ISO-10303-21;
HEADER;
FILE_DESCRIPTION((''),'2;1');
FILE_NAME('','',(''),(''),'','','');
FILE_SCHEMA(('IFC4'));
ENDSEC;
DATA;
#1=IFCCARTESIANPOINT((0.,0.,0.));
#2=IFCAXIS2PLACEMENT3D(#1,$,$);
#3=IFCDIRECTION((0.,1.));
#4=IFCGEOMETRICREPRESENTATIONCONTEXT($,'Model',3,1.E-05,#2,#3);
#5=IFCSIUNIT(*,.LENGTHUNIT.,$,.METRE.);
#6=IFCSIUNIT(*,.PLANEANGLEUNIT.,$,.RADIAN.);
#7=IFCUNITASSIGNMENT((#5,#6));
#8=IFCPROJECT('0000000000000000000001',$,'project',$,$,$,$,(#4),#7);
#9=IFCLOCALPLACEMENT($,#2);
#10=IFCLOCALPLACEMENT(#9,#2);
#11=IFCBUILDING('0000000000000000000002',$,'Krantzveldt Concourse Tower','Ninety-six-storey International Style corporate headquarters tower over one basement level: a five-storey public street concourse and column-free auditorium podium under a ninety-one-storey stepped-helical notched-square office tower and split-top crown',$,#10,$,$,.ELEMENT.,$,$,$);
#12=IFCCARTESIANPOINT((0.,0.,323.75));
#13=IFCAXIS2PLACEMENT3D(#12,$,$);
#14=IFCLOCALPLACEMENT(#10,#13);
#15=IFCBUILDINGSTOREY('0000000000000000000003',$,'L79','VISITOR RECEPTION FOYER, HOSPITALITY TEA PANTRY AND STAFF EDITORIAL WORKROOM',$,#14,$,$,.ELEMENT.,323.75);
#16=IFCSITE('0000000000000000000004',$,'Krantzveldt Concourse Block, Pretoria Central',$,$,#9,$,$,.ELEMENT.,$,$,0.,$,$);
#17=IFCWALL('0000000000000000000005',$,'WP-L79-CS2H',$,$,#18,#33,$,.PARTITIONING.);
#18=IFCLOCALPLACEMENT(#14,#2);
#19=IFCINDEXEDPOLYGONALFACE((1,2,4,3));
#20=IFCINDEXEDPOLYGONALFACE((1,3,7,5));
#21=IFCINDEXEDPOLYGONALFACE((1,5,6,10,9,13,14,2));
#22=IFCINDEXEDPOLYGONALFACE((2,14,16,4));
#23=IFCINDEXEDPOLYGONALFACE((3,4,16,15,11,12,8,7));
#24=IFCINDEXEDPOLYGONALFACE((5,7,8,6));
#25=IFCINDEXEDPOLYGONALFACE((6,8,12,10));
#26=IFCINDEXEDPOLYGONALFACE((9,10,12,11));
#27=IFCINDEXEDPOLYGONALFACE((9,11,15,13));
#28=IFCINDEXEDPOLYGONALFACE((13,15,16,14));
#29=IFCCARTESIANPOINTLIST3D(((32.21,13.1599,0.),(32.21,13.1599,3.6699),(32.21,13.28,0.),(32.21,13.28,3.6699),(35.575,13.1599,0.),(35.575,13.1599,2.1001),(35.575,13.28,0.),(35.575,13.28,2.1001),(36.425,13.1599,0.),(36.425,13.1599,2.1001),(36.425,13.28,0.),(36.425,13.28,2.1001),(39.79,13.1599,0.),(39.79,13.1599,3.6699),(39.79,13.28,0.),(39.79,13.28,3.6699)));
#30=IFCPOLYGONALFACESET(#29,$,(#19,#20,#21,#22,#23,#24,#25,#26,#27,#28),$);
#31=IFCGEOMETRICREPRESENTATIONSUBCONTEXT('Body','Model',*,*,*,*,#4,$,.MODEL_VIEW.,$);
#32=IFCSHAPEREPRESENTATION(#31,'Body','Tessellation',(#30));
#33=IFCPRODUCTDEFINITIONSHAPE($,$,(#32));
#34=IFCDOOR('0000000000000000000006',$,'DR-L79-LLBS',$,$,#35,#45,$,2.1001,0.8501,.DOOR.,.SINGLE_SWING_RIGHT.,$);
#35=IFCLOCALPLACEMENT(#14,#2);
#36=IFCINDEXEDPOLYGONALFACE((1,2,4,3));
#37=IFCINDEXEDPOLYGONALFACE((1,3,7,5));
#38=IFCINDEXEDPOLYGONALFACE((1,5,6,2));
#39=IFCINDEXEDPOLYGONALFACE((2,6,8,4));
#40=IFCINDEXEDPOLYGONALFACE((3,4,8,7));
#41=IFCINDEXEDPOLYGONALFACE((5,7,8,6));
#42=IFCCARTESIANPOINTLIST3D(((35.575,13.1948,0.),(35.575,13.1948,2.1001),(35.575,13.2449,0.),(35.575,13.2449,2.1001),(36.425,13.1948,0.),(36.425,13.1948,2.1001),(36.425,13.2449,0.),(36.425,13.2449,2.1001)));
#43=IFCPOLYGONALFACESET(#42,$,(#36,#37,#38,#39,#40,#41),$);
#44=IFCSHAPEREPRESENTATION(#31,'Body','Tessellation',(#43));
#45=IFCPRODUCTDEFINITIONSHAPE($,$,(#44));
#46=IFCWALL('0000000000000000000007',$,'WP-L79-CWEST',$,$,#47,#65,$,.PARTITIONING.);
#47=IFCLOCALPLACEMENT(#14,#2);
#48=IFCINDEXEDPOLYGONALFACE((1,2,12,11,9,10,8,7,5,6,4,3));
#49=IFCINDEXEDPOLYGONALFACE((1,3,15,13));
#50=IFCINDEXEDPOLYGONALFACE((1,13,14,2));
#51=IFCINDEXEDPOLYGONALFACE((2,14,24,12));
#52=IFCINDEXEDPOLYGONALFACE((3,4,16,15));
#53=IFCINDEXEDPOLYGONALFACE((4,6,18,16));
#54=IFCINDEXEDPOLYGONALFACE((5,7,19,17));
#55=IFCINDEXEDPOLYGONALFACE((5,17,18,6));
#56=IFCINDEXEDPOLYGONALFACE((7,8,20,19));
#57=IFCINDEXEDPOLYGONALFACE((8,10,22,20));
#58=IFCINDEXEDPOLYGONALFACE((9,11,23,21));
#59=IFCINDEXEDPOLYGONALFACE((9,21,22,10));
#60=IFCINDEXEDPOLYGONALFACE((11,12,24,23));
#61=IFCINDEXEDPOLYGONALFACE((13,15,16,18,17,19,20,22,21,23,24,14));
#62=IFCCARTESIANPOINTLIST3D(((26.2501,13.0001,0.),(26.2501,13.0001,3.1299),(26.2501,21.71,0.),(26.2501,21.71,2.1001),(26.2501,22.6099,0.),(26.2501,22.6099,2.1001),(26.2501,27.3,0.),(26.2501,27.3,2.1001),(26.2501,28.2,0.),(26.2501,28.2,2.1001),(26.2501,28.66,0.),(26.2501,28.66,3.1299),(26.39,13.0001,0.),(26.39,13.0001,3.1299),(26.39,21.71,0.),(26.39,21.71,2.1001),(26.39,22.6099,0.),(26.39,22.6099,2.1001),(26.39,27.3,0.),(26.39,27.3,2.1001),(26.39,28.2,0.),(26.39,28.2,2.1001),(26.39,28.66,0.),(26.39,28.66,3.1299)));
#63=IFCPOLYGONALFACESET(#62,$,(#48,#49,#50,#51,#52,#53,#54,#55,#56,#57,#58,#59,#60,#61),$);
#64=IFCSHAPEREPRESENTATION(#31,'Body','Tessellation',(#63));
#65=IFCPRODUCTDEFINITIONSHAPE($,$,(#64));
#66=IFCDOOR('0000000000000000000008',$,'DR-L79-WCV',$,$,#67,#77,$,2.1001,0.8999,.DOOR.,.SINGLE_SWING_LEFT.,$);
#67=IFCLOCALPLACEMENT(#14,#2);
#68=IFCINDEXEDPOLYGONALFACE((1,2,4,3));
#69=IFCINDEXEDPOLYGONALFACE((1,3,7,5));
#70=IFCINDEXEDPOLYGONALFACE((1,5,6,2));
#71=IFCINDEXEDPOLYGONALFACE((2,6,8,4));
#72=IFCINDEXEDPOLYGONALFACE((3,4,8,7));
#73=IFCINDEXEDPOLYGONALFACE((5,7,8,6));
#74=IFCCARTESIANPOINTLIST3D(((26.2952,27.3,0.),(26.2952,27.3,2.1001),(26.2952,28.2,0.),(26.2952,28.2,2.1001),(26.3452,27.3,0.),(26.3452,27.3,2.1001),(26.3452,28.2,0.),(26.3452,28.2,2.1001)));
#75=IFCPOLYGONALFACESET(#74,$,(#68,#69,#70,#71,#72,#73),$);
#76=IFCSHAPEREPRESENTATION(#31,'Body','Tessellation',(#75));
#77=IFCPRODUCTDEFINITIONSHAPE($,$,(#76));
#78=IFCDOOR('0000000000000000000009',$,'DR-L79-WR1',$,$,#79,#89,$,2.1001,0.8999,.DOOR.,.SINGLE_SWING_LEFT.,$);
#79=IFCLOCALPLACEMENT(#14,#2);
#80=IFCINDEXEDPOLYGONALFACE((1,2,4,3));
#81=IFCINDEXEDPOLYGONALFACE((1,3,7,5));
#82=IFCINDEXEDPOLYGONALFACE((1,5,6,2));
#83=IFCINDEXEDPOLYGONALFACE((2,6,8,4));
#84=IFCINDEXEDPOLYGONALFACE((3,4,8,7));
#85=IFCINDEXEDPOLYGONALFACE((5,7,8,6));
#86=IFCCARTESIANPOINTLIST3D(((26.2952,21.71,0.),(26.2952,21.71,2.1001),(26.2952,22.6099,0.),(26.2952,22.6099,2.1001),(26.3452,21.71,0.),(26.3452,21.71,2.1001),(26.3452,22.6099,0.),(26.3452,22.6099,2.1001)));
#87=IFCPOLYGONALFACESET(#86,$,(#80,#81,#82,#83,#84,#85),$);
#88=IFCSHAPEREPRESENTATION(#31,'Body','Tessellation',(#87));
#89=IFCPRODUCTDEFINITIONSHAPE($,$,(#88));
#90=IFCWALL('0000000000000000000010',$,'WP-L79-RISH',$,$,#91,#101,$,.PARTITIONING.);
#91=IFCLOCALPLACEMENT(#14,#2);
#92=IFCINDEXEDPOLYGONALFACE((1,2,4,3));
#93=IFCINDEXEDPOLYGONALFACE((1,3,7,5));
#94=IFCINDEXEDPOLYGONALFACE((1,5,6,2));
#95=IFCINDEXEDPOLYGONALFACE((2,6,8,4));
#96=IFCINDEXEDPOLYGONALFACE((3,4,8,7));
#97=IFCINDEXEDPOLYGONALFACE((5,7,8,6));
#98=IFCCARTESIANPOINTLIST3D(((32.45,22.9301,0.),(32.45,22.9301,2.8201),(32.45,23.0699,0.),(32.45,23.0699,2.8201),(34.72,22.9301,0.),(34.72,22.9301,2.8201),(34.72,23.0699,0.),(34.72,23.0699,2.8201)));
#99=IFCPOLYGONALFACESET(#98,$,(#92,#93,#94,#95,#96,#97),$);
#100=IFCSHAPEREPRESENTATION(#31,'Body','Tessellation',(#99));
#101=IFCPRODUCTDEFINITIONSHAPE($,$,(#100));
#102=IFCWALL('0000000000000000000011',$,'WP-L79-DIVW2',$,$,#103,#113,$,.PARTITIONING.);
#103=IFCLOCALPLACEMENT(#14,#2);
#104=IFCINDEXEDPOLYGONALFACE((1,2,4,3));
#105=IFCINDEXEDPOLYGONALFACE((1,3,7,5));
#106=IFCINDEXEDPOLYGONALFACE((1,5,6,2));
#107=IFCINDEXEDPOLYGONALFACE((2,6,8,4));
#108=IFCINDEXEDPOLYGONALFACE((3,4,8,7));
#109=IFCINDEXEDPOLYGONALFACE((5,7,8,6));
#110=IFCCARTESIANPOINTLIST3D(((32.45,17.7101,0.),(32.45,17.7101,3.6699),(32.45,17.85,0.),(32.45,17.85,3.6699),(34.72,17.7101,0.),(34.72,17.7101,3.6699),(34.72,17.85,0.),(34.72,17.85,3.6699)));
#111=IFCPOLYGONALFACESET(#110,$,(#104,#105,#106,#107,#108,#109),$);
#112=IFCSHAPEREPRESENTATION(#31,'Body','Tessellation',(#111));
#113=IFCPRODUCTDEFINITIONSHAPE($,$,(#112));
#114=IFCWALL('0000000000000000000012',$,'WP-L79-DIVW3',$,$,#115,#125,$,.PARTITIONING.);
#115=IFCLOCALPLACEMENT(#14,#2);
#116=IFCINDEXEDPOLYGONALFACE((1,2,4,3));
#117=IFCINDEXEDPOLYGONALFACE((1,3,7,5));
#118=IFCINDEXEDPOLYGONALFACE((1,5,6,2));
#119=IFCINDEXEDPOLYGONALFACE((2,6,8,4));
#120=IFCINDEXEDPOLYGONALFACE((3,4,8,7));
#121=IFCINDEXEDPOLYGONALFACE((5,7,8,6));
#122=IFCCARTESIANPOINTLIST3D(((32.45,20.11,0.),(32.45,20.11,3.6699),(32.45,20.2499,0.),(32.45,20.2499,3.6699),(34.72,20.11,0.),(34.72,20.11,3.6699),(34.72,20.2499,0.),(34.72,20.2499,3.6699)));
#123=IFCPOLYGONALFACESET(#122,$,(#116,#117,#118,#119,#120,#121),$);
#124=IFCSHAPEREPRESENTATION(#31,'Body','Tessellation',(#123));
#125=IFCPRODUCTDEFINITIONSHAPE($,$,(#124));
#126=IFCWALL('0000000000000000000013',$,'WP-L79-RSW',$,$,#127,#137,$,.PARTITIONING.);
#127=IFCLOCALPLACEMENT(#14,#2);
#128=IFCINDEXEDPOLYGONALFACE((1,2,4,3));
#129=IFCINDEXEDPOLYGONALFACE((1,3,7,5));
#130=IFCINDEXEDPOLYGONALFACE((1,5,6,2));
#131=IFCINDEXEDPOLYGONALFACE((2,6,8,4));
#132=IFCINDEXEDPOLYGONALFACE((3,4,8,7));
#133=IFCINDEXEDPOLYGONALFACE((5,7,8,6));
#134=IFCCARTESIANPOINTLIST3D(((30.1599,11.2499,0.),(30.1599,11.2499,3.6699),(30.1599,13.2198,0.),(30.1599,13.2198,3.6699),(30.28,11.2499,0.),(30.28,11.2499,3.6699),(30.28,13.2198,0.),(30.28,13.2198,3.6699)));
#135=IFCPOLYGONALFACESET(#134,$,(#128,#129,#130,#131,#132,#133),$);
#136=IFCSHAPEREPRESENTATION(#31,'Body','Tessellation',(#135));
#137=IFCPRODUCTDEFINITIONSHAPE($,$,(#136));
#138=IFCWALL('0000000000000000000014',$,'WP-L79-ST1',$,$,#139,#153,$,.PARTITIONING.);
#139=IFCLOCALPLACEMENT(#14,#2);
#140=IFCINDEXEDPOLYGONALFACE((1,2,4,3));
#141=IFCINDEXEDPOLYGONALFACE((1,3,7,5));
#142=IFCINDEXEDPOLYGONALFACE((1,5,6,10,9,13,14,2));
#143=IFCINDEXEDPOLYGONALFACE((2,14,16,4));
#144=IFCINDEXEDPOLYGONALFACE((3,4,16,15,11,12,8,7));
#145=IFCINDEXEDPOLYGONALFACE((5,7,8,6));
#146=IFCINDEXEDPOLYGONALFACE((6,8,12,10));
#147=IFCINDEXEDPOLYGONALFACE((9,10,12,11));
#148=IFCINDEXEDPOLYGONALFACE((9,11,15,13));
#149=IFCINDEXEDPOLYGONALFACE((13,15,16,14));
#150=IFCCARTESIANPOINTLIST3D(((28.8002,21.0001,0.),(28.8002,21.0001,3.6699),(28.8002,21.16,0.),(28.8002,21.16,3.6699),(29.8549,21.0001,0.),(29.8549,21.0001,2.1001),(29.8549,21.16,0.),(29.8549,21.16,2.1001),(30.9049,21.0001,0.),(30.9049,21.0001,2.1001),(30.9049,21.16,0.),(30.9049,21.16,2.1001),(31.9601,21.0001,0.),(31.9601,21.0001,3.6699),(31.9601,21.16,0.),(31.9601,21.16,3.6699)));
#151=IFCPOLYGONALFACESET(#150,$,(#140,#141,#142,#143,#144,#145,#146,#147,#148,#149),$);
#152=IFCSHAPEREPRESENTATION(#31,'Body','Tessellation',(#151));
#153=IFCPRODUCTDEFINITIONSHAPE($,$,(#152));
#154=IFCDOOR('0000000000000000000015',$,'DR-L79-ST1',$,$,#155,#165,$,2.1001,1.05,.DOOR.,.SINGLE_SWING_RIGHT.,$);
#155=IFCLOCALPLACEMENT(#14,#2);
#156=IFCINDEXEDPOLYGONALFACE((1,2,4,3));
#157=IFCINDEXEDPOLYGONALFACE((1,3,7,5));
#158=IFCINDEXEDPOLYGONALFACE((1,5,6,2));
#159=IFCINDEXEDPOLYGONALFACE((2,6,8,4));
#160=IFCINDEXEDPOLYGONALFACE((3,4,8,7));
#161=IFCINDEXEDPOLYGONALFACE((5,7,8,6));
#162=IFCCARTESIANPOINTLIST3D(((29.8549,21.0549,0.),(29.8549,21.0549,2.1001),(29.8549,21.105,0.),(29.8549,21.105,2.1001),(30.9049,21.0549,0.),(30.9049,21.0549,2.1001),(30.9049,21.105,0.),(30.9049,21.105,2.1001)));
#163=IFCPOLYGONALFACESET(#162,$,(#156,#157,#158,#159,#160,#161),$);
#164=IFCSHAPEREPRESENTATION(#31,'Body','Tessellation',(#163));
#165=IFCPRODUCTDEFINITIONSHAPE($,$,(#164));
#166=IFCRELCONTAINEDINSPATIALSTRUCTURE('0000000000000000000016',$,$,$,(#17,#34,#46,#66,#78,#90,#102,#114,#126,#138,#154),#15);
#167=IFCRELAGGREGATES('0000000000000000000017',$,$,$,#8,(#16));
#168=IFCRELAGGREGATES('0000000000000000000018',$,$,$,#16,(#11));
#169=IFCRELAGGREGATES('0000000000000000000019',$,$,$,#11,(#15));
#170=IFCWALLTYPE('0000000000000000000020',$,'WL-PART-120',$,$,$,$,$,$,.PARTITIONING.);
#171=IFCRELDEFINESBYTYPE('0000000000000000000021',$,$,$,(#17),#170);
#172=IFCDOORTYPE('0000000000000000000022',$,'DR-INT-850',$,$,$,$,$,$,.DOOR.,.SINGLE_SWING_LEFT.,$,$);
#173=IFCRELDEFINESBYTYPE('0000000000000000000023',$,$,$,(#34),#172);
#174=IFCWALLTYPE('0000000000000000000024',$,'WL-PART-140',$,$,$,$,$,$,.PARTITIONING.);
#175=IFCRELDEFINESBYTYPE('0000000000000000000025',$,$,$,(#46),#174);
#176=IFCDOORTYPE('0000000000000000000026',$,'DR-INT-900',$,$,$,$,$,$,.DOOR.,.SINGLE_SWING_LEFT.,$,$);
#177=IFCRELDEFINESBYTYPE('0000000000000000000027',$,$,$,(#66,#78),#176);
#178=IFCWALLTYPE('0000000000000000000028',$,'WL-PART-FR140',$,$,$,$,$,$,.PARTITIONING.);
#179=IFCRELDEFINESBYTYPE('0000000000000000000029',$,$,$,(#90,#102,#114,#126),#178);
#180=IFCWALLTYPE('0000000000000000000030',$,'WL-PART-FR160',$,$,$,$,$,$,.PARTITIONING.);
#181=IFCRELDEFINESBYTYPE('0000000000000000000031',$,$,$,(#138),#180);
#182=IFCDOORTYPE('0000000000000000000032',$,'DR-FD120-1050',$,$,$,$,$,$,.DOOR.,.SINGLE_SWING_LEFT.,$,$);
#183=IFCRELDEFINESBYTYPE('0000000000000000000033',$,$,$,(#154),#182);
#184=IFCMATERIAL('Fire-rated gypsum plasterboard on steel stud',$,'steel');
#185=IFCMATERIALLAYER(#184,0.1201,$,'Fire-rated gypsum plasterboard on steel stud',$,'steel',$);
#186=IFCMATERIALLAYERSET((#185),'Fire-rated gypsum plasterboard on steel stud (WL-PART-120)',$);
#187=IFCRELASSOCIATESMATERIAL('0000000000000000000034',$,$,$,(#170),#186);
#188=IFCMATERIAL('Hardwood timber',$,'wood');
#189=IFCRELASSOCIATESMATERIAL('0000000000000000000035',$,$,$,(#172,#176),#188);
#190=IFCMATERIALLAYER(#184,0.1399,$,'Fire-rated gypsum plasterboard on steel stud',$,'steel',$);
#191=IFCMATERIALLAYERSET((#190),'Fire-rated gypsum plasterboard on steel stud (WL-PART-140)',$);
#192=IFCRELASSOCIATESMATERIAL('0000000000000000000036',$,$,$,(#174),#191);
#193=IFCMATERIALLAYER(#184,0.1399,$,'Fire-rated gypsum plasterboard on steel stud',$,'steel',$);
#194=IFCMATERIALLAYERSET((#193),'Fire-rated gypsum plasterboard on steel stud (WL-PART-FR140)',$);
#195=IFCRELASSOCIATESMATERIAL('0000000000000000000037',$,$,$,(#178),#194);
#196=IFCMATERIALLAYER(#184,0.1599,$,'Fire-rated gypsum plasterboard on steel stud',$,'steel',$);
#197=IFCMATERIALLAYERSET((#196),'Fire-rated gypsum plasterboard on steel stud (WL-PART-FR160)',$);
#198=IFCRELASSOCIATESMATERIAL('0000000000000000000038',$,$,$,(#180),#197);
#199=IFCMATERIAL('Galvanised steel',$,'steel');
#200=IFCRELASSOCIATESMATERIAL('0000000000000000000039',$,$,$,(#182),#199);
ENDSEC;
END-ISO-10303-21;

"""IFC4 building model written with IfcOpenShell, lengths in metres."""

from ifc_helpers import new_model, si_unit, direction, frame, frame_2d, origin, place, context, subcontext, project, spatial, rectangle, extrude, material, layer, layer_set, type_object, element, fill, save


model = new_model("IFC4")

# Units and contexts
model_context = context("Model", 3, precision=1e-05, world=origin(), true_north=direction((0.0, 1.0)))
body_context = subcontext(model_context, "Body", "Model", "MODEL_VIEW")
ifc_project = project(units=[si_unit("LENGTHUNIT", "METRE"), si_unit("PLANEANGLEUNIT", "RADIAN")], contexts=[model_context])

# Site, building, storey
site_placement = place(None, origin())
site = spatial("IfcSite", under=ifc_project, at=site_placement, Name="Krantzveldt Concourse Block, Pretoria Central", CompositionType="ELEMENT", RefElevation=0.0)
building_placement = place(site_placement, origin())
building = spatial("IfcBuilding", under=site, at=building_placement, Name="Krantzveldt Concourse Tower", Description="Ninety-six-storey International Style corporate headquarters tower over one basement level: a five-storey public street concourse and column-free auditorium podium under a ninety-one-storey stepped-helical notched-square office tower and split-top crown", CompositionType="ELEMENT")
storey_placement = place(building_placement, frame((0.0, 0.0, 323.75)))
storey = spatial("IfcBuildingStorey", under=building, at=storey_placement, Name="L79", Description="VISITOR RECEPTION FOYER, HOSPITALITY TEA PANTRY AND STAFF EDITORIAL WORKROOM", CompositionType="ELEMENT", Elevation=323.75)

# Wall, opening, door
ifc_material_1 = material(Name="Fire-rated gypsum plasterboard on steel stud", Category="steel")
ifc_layer_1 = layer(ifc_material_1, 0.1201, Name="Fire-rated gypsum plasterboard on steel stud", Category="steel")
ifc_layer_set_1 = layer_set([ifc_layer_1], Name="Fire-rated gypsum plasterboard on steel stud (WL-PART-120)")
wall_type_1 = type_object("IfcWallType", Name="WL-PART-120", PredefinedType="PARTITIONING", material=ifc_layer_set_1)
wall_1_placement = place(storey_placement, frame((32.21, 13.22, 0.0), z_axis=(0.0, 0.0, 1.0), x_axis=(1.0, 0.0, 0.0)))
wall_1 = element("IfcWall", 1, at=wall_1_placement, inside=storey, type_object=wall_type_1, Name="WP-L79-CS2H", PredefinedType="PARTITIONING", context=body_context, shape_type="SweptSolid", body=[
    extrude(rectangle(XDim=7.5801, YDim=0.1201, at=frame_2d((3.79, 0.0))), origin(), (0.0, 0.0, 1.0), 3.6699),
])
opening_1_placement = place(wall_1_placement, frame((3.365, 0.0, 0.0)))
opening_1 = element("IfcOpeningElement", 2, at=opening_1_placement, cuts=wall_1, PredefinedType="OPENING", context=body_context, shape_type="SweptSolid", body=[
    extrude(rectangle(XDim=0.8501, YDim=2.1001, at=frame_2d((0.425, 1.05))), frame((0.0, 0.0701, 0.0), z_axis=(0.0, -1.0, 0.0), x_axis=(1.0, 0.0, 0.0)), (0.0, 0.0, 1.0), 0.1401),
])
ifc_material_2 = material(Name="Hardwood timber", Category="wood")
door_type_1 = type_object("IfcDoorType", Name="DR-INT-850", OperationType="SINGLE_SWING_LEFT", PredefinedType="DOOR", material=ifc_material_2)
door_1_placement = place(opening_1_placement, origin())
door_1 = element("IfcDoor", 3, at=door_1_placement, inside=storey, type_object=door_type_1, Name="DR-L79-LLBS", OperationType="SINGLE_SWING_RIGHT", OverallHeight=2.1001, OverallWidth=0.8501, PredefinedType="DOOR", context=body_context, shape_type="SweptSolid", body=[
    extrude(rectangle(XDim=0.8501, YDim=2.1001, at=frame_2d((0.425, 1.05))), frame((0.0, 0.0249, 0.0), z_axis=(0.0, -1.0, 0.0), x_axis=(1.0, 0.0, 0.0)), (0.0, 0.0, 1.0), 0.05),
])
fill(opening_1, door_1)

# Wall, openings, doors
ifc_layer_2 = layer(ifc_material_1, 0.1399, Name="Fire-rated gypsum plasterboard on steel stud", Category="steel")
ifc_layer_set_2 = layer_set([ifc_layer_2], Name="Fire-rated gypsum plasterboard on steel stud (WL-PART-140)")
wall_type_2 = type_object("IfcWallType", Name="WL-PART-140", PredefinedType="PARTITIONING", material=ifc_layer_set_2)
wall_2_placement = place(storey_placement, frame((26.3201, 13.0, 0.0), z_axis=(0.0, 0.0, 1.0), x_axis=(0.0, 1.0, 0.0)))
wall_2 = element("IfcWall", 4, at=wall_2_placement, inside=storey, type_object=wall_type_2, Name="WP-L79-CWEST", PredefinedType="PARTITIONING", context=body_context, shape_type="SweptSolid", body=[
    extrude(rectangle(XDim=15.6599, YDim=0.1399, at=frame_2d((7.8301, 0.0))), origin(), (0.0, 0.0, 1.0), 3.1299),
])
opening_2_placement = place(wall_2_placement, frame((14.3, 0.0, 0.0)))
opening_2 = element("IfcOpeningElement", 5, at=opening_2_placement, cuts=wall_2, PredefinedType="OPENING", context=body_context, shape_type="SweptSolid", body=[
    extrude(rectangle(XDim=0.8999, YDim=2.1001, at=frame_2d((0.45, 1.05))), frame((0.0, 0.0801, 0.0), z_axis=(0.0, -1.0, 0.0), x_axis=(1.0, 0.0, 0.0)), (0.0, 0.0, 1.0), 0.1599),
])
opening_3_placement = place(wall_2_placement, frame((8.71, 0.0, 0.0)))
opening_3 = element("IfcOpeningElement", 6, at=opening_3_placement, cuts=wall_2, PredefinedType="OPENING", context=body_context, shape_type="SweptSolid", body=[
    extrude(rectangle(XDim=0.8999, YDim=2.1001, at=frame_2d((0.45, 1.05))), frame((0.0, 0.0801, 0.0), z_axis=(0.0, -1.0, 0.0), x_axis=(1.0, 0.0, 0.0)), (0.0, 0.0, 1.0), 0.1599),
])
door_type_2 = type_object("IfcDoorType", Name="DR-INT-900", OperationType="SINGLE_SWING_LEFT", PredefinedType="DOOR", material=ifc_material_2)
door_2_placement = place(opening_2_placement, origin())
door_2 = element("IfcDoor", 7, at=door_2_placement, inside=storey, type_object=door_type_2, Name="DR-L79-WCV", OperationType="SINGLE_SWING_LEFT", OverallHeight=2.1001, OverallWidth=0.8999, PredefinedType="DOOR", context=body_context, shape_type="SweptSolid", body=[
    extrude(rectangle(XDim=0.8999, YDim=2.1001, at=frame_2d((0.45, 1.05))), frame((0.0, 0.0249, 0.0), z_axis=(0.0, -1.0, 0.0), x_axis=(1.0, 0.0, 0.0)), (0.0, 0.0, 1.0), 0.05),
])
fill(opening_2, door_2)
door_3_placement = place(opening_3_placement, origin())
door_3 = element("IfcDoor", 8, at=door_3_placement, inside=storey, type_object=door_type_2, Name="DR-L79-WR1", OperationType="SINGLE_SWING_LEFT", OverallHeight=2.1001, OverallWidth=0.8999, PredefinedType="DOOR", context=body_context, shape_type="SweptSolid", body=[
    extrude(rectangle(XDim=0.8999, YDim=2.1001, at=frame_2d((0.45, 1.05))), frame((0.0, 0.0249, 0.0), z_axis=(0.0, -1.0, 0.0), x_axis=(1.0, 0.0, 0.0)), (0.0, 0.0, 1.0), 0.05),
])
fill(opening_3, door_3)

# Walls
ifc_layer_3 = layer(ifc_material_1, 0.1399, Name="Fire-rated gypsum plasterboard on steel stud", Category="steel")
ifc_layer_set_3 = layer_set([ifc_layer_3], Name="Fire-rated gypsum plasterboard on steel stud (WL-PART-FR140)")
wall_type_3 = type_object("IfcWallType", Name="WL-PART-FR140", PredefinedType="PARTITIONING", material=ifc_layer_set_3)
wall_3_placement = place(storey_placement, frame((32.45, 23.0, 0.0), z_axis=(0.0, 0.0, 1.0), x_axis=(1.0, 0.0, 0.0)))
element("IfcWall", 9, at=wall_3_placement, inside=storey, type_object=wall_type_3, Name="WP-L79-RISH", PredefinedType="PARTITIONING", context=body_context, shape_type="SweptSolid", body=[
    extrude(rectangle(XDim=2.27, YDim=0.1399, at=frame_2d((1.135, 0.0))), origin(), (0.0, 0.0, 1.0), 2.8201),
])
for number, where, z_axis, x_axis, name in (
    (10, (32.45, 17.78, 0.0), (0.0, 0.0, 1.0), (1.0, 0.0, 0.0), "WP-L79-DIVW2"),
    (11, (32.45, 20.1799, 0.0), (0.0, 0.0, 1.0), (1.0, 0.0, 0.0), "WP-L79-DIVW3"),
):
    element("IfcWall", number, at=place(storey_placement, frame(where, z_axis=z_axis, x_axis=x_axis)), inside=storey, type_object=wall_type_3, Name=name, PredefinedType="PARTITIONING", context=body_context, shape_type="SweptSolid", body=[
        extrude(rectangle(XDim=2.27, YDim=0.1399, at=frame_2d((1.135, 0.0))), origin(), (0.0, 0.0, 1.0), 3.6699),
    ])
wall_4_placement = place(storey_placement, frame((30.22, 11.25, 0.0), z_axis=(0.0, 0.0, 1.0), x_axis=(0.0, 1.0, 0.0)))
element("IfcWall", 12, at=wall_4_placement, inside=storey, type_object=wall_type_3, Name="WP-L79-RSW", PredefinedType="PARTITIONING", context=body_context, shape_type="SweptSolid", body=[
    extrude(rectangle(XDim=1.97, YDim=0.1201, at=frame_2d((0.9849, 0.0))), origin(), (0.0, 0.0, 1.0), 3.6699),
])

# Wall, opening, door
ifc_layer_4 = layer(ifc_material_1, 0.1599, Name="Fire-rated gypsum plasterboard on steel stud", Category="steel")
ifc_layer_set_4 = layer_set([ifc_layer_4], Name="Fire-rated gypsum plasterboard on steel stud (WL-PART-FR160)")
wall_type_4 = type_object("IfcWallType", Name="WL-PART-FR160", PredefinedType="PARTITIONING", material=ifc_layer_set_4)
wall_5_placement = place(storey_placement, frame((28.8, 21.0801, 0.0), z_axis=(0.0, 0.0, 1.0), x_axis=(1.0, 0.0, 0.0)))
wall_5 = element("IfcWall", 13, at=wall_5_placement, inside=storey, type_object=wall_type_4, Name="WP-L79-ST1", PredefinedType="PARTITIONING", context=body_context, shape_type="SweptSolid", body=[
    extrude(rectangle(XDim=3.1599, YDim=0.1599, at=frame_2d((1.5801, 0.0))), origin(), (0.0, 0.0, 1.0), 3.6699),
])
opening_4_placement = place(wall_5_placement, frame((1.0549, 0.0, 0.0)))
opening_4 = element("IfcOpeningElement", 14, at=opening_4_placement, cuts=wall_5, PredefinedType="OPENING", context=body_context, shape_type="SweptSolid", body=[
    extrude(rectangle(XDim=1.05, YDim=2.1001, at=frame_2d((0.5249, 1.05))), frame((0.0, 0.0898, 0.0), z_axis=(0.0, -1.0, 0.0), x_axis=(1.0, 0.0, 0.0)), (0.0, 0.0, 1.0), 0.1799),
])
ifc_material_3 = material(Name="Galvanised steel", Category="steel")
door_type_3 = type_object("IfcDoorType", Name="DR-FD120-1050", OperationType="SINGLE_SWING_LEFT", PredefinedType="DOOR", material=ifc_material_3)
door_4_placement = place(opening_4_placement, origin())
door_4 = element("IfcDoor", 15, at=door_4_placement, inside=storey, type_object=door_type_3, Name="DR-L79-ST1", OperationType="SINGLE_SWING_RIGHT", OverallHeight=2.1001, OverallWidth=1.05, PredefinedType="DOOR", context=body_context, shape_type="SweptSolid", body=[
    extrude(rectangle(XDim=1.05, YDim=2.1001, at=frame_2d((0.5249, 1.05))), frame((0.0, 0.0249, 0.0), z_axis=(0.0, -1.0, 0.0), x_axis=(1.0, 0.0, 0.0)), (0.0, 0.0, 1.0), 0.05),
])
fill(opening_4, door_4)

save(model, "model.ifc")
